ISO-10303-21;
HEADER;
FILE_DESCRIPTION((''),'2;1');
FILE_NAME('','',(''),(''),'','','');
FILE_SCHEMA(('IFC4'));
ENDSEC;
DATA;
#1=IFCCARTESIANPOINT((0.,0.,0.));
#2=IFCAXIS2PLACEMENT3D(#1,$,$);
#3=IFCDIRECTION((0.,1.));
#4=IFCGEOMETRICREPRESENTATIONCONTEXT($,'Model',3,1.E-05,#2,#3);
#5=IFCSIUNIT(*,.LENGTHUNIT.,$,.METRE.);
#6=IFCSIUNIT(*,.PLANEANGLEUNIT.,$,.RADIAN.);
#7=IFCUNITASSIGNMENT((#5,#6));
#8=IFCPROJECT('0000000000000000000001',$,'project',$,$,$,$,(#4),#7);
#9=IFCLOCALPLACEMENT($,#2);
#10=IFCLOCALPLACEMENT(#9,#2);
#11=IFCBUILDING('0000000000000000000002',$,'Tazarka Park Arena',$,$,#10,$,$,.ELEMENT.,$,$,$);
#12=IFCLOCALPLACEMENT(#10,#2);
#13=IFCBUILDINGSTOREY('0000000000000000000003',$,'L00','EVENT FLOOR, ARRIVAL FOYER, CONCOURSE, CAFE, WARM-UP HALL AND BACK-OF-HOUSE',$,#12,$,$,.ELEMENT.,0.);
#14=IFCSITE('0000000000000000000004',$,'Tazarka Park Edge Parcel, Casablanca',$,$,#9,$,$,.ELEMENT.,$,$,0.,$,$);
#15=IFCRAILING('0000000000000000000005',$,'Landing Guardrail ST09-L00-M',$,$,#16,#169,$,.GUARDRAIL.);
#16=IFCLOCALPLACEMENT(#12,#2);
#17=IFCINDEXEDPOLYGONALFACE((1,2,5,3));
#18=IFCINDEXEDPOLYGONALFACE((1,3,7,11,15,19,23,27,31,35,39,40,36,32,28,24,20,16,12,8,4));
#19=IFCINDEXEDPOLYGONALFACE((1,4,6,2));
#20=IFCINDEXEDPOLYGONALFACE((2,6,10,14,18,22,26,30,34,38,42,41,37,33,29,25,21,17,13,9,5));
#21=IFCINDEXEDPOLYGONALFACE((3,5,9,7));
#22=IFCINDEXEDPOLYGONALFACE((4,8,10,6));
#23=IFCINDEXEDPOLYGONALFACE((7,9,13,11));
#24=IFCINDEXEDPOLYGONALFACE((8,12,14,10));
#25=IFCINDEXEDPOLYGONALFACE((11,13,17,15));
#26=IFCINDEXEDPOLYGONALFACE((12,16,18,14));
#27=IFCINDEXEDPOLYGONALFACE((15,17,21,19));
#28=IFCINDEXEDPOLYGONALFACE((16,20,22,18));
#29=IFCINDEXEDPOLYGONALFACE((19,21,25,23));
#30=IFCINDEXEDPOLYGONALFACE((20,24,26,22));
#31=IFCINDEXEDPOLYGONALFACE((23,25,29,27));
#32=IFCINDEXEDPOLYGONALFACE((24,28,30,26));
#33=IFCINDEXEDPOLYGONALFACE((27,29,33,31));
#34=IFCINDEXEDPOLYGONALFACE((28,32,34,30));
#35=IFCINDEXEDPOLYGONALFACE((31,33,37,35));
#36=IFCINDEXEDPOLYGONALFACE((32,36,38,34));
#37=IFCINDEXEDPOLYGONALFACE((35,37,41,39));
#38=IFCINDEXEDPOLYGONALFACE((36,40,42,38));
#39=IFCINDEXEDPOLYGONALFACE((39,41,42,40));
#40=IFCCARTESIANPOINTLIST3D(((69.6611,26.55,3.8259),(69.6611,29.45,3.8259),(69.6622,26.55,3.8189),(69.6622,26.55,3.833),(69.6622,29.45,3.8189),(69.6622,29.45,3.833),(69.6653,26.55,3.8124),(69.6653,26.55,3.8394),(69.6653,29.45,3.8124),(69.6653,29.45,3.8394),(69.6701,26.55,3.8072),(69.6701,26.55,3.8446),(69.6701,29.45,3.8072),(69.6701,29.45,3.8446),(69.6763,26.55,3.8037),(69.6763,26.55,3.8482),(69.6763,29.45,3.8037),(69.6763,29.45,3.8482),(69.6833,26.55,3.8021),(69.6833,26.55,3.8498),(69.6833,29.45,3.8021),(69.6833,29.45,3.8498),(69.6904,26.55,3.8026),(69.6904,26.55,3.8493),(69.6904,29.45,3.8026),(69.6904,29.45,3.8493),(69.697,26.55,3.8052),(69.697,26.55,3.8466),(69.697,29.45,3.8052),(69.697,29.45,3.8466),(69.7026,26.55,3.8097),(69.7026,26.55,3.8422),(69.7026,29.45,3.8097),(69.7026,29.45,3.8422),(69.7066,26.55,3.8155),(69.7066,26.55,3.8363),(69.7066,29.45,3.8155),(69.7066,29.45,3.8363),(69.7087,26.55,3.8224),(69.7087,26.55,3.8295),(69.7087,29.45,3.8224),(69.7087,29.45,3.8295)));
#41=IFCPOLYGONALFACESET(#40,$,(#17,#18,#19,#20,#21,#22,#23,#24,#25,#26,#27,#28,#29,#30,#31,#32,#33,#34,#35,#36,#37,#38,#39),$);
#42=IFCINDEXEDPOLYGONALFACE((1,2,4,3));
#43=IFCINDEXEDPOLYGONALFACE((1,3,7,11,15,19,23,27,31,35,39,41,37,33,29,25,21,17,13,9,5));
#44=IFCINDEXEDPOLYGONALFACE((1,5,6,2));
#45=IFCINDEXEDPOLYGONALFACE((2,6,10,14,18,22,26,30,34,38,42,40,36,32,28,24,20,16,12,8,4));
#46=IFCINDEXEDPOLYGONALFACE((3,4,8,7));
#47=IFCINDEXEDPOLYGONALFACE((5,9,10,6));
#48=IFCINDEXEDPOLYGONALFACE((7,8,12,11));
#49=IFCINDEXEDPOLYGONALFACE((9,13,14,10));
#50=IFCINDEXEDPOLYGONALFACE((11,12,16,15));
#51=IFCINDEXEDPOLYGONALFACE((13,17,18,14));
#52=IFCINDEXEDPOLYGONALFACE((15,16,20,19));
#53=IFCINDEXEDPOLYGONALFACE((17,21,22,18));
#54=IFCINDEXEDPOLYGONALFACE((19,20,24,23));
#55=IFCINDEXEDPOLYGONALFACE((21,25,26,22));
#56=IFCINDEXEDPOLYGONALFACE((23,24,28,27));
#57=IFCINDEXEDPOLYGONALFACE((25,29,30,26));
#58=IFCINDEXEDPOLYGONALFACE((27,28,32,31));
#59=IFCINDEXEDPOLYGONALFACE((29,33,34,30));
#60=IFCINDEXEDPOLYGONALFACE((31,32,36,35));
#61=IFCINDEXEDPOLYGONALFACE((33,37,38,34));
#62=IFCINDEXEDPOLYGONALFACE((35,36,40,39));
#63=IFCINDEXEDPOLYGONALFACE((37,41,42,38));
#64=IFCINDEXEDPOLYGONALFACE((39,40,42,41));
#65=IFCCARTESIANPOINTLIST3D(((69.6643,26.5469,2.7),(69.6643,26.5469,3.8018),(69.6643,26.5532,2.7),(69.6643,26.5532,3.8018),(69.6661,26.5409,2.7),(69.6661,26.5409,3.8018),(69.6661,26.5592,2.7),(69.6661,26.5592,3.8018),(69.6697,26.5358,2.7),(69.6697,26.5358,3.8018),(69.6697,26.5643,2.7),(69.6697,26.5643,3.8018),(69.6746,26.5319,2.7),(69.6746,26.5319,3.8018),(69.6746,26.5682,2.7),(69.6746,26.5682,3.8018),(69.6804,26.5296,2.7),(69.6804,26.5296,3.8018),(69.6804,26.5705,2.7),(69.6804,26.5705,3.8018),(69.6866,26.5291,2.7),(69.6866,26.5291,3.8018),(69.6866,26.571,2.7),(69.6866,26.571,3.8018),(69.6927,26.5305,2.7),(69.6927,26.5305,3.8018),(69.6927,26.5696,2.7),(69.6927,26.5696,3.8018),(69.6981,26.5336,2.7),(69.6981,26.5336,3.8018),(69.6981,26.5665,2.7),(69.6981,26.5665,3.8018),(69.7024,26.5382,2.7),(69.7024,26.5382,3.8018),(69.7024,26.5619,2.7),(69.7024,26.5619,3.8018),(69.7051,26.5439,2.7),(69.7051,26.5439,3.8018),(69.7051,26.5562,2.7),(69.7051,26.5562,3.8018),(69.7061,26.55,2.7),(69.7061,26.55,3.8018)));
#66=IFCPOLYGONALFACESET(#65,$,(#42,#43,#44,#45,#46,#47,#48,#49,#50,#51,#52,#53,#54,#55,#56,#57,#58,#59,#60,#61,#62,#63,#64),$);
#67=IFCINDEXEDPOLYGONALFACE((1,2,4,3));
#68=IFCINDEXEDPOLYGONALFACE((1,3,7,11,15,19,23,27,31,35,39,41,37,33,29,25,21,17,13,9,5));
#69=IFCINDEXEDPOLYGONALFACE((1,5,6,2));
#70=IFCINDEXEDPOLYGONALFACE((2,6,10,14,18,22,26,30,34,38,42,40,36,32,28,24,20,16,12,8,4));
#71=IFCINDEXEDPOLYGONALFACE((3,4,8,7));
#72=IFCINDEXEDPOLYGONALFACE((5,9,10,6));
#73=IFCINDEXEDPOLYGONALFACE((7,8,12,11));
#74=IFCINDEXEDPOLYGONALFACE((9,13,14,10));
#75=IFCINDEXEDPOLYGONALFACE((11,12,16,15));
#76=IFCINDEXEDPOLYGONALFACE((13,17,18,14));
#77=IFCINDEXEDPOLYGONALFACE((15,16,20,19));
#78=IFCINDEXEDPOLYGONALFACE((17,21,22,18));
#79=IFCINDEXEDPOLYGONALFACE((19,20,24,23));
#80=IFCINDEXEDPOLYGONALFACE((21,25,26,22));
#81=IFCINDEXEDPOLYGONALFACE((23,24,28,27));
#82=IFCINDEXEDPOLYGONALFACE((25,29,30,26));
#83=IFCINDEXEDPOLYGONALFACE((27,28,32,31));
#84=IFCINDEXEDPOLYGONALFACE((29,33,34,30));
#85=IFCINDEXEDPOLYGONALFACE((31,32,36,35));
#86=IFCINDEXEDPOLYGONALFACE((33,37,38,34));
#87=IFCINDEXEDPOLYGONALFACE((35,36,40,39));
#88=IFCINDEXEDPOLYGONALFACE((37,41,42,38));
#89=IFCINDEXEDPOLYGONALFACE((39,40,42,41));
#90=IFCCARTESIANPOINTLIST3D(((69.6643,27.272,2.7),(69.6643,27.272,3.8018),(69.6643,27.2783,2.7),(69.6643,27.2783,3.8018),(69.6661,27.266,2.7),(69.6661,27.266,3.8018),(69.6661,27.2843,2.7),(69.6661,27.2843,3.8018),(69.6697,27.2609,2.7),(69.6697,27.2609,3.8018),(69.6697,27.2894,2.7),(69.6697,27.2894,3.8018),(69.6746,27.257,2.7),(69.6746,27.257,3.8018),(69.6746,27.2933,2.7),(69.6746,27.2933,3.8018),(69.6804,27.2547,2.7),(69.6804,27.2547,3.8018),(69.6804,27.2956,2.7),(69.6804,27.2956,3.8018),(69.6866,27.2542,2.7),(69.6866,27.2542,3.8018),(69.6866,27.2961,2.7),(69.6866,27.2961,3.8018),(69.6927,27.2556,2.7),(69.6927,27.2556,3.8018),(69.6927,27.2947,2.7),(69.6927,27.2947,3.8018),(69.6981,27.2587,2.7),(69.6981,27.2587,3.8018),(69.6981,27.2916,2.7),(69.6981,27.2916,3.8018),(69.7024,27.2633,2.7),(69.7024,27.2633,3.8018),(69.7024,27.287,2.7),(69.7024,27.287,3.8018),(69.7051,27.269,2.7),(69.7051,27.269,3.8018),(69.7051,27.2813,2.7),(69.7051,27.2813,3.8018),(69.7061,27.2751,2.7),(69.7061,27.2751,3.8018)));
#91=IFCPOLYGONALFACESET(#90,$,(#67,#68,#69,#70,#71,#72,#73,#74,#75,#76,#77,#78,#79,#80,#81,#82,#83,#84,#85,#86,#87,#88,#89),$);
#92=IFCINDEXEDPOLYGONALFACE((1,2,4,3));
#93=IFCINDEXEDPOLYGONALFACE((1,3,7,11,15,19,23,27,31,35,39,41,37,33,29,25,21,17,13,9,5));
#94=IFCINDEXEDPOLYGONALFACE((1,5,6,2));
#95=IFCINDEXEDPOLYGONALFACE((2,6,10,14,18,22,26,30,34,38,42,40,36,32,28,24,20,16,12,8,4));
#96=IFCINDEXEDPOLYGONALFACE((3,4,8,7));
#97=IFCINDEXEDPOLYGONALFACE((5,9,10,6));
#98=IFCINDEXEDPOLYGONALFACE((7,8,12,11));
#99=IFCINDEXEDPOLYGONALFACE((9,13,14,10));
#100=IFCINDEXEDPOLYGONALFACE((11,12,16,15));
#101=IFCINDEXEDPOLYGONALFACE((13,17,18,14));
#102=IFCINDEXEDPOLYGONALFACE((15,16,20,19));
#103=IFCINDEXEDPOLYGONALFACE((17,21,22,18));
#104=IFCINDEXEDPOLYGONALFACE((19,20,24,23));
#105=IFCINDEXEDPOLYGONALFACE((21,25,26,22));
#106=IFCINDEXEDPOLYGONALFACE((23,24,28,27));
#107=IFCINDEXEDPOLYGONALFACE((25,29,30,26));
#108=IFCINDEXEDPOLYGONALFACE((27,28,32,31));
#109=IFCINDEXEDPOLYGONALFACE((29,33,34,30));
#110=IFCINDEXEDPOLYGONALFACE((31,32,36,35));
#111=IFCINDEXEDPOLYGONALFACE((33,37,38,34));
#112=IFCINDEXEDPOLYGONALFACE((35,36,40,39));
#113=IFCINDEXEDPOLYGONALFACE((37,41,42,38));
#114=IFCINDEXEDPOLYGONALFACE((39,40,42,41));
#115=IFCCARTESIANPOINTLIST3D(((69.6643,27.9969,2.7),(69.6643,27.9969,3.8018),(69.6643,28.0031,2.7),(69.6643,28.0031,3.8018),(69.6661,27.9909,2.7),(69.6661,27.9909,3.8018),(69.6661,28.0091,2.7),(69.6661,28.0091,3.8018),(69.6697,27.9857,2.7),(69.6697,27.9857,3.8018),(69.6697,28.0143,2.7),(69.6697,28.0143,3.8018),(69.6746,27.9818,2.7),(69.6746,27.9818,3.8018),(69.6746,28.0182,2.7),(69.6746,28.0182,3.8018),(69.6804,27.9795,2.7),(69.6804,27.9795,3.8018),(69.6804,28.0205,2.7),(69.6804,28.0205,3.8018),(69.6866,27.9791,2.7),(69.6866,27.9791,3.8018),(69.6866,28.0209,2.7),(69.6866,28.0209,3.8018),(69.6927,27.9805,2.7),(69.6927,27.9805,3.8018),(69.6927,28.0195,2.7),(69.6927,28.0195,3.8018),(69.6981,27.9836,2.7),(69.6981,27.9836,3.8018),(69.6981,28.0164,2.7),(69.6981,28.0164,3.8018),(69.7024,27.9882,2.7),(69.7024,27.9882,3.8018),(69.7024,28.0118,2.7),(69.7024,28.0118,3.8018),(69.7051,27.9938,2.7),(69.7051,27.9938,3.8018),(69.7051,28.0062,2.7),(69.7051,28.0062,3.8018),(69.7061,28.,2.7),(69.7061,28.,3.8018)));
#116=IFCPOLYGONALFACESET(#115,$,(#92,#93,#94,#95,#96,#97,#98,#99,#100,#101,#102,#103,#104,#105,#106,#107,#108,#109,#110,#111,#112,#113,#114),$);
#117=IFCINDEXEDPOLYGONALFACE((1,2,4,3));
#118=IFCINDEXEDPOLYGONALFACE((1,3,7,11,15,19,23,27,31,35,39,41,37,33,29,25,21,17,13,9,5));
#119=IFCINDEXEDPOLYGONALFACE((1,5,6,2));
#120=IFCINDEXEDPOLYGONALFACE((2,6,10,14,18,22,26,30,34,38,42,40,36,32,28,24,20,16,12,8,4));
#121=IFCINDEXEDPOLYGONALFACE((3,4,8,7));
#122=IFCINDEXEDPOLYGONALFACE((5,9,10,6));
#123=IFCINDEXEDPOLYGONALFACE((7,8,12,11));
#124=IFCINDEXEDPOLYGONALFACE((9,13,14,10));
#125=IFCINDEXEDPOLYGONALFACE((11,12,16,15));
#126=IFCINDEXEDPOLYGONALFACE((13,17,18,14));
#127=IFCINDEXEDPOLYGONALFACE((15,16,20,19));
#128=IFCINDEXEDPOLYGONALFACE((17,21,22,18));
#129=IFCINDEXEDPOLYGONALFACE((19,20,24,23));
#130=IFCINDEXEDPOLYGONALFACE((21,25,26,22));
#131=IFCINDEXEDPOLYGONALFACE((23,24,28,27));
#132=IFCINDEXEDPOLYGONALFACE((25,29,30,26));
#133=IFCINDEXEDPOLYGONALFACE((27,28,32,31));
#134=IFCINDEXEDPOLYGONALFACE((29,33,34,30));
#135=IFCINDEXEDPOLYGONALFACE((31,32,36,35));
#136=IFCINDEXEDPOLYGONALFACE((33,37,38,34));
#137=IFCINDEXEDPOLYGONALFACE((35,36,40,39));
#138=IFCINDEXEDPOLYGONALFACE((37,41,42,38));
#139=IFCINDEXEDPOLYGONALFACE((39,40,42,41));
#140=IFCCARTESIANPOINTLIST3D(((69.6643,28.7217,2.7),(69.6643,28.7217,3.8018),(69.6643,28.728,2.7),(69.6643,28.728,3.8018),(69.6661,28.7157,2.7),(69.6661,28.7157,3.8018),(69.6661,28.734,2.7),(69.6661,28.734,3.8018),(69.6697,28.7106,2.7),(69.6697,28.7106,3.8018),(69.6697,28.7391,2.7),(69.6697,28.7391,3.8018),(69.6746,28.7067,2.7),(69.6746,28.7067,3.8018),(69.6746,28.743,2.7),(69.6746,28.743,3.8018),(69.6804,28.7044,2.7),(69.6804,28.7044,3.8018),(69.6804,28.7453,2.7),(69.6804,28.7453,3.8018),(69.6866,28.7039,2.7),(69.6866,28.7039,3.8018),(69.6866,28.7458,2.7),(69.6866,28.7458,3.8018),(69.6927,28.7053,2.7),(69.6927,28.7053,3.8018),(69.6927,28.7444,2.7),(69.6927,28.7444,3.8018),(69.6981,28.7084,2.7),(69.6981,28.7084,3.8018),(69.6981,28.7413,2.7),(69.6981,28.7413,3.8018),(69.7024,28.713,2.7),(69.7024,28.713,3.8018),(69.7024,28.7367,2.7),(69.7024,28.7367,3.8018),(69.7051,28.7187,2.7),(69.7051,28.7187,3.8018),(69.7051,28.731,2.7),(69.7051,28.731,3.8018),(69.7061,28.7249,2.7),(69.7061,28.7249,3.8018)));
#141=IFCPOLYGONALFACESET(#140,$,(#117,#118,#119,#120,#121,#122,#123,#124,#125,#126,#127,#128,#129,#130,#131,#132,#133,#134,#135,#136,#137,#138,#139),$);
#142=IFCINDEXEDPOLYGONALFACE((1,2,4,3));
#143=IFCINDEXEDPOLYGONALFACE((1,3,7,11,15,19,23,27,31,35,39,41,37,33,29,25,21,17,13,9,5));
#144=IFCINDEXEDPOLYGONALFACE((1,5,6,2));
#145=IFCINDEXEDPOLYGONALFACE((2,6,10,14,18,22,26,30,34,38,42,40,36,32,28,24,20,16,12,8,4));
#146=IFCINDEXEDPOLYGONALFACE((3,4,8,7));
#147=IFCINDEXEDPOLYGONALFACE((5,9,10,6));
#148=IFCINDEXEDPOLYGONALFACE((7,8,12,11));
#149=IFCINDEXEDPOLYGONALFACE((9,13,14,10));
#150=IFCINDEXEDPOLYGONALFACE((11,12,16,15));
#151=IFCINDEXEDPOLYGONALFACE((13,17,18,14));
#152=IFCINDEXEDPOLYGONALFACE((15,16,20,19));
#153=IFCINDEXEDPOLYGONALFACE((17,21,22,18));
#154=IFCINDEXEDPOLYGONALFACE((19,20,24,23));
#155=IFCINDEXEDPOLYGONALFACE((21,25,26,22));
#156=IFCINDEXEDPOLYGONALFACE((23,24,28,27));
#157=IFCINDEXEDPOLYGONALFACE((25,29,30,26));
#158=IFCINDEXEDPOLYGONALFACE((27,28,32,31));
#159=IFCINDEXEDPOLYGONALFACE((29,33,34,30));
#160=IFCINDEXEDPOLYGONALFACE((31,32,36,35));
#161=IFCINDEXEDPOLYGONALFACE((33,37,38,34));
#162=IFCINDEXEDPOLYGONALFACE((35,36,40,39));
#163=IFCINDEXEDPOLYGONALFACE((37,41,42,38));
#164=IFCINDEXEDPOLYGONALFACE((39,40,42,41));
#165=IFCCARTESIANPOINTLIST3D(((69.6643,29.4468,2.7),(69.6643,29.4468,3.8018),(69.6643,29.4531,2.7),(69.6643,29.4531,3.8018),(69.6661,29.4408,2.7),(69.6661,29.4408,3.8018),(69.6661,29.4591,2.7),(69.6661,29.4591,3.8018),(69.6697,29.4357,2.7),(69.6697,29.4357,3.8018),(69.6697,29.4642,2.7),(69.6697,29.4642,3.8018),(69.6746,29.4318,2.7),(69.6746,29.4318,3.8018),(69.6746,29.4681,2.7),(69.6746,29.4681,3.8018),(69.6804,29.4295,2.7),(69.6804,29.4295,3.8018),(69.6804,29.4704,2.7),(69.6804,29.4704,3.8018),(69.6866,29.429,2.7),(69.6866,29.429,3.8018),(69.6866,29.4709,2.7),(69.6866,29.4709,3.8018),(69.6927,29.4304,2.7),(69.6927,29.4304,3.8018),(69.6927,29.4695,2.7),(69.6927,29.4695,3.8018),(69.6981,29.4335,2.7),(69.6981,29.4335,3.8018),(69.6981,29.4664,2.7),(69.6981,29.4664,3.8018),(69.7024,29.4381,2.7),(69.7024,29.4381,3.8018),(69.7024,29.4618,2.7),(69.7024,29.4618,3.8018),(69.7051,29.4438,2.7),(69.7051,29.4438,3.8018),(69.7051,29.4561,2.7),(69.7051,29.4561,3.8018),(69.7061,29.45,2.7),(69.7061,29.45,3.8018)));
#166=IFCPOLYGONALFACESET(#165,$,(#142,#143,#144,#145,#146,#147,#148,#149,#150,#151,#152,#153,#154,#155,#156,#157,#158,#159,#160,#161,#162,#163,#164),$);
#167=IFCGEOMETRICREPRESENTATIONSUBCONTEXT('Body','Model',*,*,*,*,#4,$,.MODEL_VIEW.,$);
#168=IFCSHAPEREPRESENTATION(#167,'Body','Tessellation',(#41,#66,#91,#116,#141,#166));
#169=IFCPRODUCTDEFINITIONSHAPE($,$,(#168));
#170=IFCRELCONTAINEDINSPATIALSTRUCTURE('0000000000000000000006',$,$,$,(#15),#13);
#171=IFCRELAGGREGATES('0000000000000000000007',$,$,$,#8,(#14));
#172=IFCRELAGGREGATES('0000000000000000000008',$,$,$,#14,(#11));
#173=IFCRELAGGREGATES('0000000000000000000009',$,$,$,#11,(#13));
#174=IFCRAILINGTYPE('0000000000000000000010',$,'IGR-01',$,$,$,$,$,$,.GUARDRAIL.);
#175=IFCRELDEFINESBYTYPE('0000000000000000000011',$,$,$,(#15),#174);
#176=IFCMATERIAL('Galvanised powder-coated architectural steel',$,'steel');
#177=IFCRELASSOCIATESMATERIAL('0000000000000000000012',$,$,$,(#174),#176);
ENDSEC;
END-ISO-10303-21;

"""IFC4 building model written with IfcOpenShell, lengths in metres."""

from ifc_helpers import new_model, si_unit, direction, frame, origin, origin_2d, place, context, subcontext, project, spatial, circle, extrude, material, type_object, element, save


model = new_model("IFC4")

# Units and contexts
model_context = context("Model", 3, precision=1e-05, world=origin(), true_north=direction((0.0, 1.0)))
body_context = subcontext(model_context, "Body", "Model", "MODEL_VIEW")
ifc_project = project(units=[si_unit("LENGTHUNIT", "METRE"), si_unit("PLANEANGLEUNIT", "RADIAN")], contexts=[model_context])

# Site, building, storey
site_placement = place(None, origin())
site = spatial("IfcSite", under=ifc_project, at=site_placement, Name="Tazarka Park Edge Parcel, Casablanca", CompositionType="ELEMENT", RefElevation=0.0)
building_placement = place(site_placement, origin())
building = spatial("IfcBuilding", under=site, at=building_placement, Name="Tazarka Park Arena", CompositionType="ELEMENT")
storey_placement = place(building_placement, origin())
storey = spatial("IfcBuildingStorey", under=building, at=storey_placement, Name="L00", Description="EVENT FLOOR, ARRIVAL FOYER, CONCOURSE, CAFE, WARM-UP HALL AND BACK-OF-HOUSE", CompositionType="ELEMENT", Elevation=0.0)

# Railing
ifc_material_1 = material(Name="Galvanised powder-coated architectural steel", Category="steel")
railing_type_1 = type_object("IfcRailingType", Name="IGR-01", PredefinedType="GUARDRAIL", material=ifc_material_1)
for number, where, name in (
    (1, (69.6851, 26.55, 2.7), "Landing Guardrail ST09-L00-M"),
):
    element("IfcRailing", number, at=place(storey_placement, frame(where)), inside=storey, type_object=railing_type_1, Name=name, PredefinedType="GUARDRAIL", context=body_context, shape_type="SweptSolid", body=[
        extrude(circle(Radius=0.0239, at=origin_2d()), frame((0.0, 0.0, 1.126), z_axis=(0.0, 1.0, 0.0), x_axis=(-1.0, 0.0, 0.0)), (0.0, 0.0, 1.0), 2.8999),
        extrude(circle(Radius=0.021, at=origin_2d()), origin(), (0.0, 0.0, 1.0), 1.1018),
        extrude(circle(Radius=0.021, at=origin_2d()), frame((0.0, 0.7251, 0.0)), (0.0, 0.0, 1.0), 1.1018),
        extrude(circle(Radius=0.021, at=origin_2d()), frame((0.0, 1.45, 0.0)), (0.0, 0.0, 1.0), 1.1018),
        extrude(circle(Radius=0.021, at=origin_2d()), frame((0.0, 2.1748, 0.0)), (0.0, 0.0, 1.0), 1.1018),
        extrude(circle(Radius=0.021, at=origin_2d()), frame((0.0, 2.8999, 0.0)), (0.0, 0.0, 1.0), 1.1018),
    ])

save(model, "model.ifc")
